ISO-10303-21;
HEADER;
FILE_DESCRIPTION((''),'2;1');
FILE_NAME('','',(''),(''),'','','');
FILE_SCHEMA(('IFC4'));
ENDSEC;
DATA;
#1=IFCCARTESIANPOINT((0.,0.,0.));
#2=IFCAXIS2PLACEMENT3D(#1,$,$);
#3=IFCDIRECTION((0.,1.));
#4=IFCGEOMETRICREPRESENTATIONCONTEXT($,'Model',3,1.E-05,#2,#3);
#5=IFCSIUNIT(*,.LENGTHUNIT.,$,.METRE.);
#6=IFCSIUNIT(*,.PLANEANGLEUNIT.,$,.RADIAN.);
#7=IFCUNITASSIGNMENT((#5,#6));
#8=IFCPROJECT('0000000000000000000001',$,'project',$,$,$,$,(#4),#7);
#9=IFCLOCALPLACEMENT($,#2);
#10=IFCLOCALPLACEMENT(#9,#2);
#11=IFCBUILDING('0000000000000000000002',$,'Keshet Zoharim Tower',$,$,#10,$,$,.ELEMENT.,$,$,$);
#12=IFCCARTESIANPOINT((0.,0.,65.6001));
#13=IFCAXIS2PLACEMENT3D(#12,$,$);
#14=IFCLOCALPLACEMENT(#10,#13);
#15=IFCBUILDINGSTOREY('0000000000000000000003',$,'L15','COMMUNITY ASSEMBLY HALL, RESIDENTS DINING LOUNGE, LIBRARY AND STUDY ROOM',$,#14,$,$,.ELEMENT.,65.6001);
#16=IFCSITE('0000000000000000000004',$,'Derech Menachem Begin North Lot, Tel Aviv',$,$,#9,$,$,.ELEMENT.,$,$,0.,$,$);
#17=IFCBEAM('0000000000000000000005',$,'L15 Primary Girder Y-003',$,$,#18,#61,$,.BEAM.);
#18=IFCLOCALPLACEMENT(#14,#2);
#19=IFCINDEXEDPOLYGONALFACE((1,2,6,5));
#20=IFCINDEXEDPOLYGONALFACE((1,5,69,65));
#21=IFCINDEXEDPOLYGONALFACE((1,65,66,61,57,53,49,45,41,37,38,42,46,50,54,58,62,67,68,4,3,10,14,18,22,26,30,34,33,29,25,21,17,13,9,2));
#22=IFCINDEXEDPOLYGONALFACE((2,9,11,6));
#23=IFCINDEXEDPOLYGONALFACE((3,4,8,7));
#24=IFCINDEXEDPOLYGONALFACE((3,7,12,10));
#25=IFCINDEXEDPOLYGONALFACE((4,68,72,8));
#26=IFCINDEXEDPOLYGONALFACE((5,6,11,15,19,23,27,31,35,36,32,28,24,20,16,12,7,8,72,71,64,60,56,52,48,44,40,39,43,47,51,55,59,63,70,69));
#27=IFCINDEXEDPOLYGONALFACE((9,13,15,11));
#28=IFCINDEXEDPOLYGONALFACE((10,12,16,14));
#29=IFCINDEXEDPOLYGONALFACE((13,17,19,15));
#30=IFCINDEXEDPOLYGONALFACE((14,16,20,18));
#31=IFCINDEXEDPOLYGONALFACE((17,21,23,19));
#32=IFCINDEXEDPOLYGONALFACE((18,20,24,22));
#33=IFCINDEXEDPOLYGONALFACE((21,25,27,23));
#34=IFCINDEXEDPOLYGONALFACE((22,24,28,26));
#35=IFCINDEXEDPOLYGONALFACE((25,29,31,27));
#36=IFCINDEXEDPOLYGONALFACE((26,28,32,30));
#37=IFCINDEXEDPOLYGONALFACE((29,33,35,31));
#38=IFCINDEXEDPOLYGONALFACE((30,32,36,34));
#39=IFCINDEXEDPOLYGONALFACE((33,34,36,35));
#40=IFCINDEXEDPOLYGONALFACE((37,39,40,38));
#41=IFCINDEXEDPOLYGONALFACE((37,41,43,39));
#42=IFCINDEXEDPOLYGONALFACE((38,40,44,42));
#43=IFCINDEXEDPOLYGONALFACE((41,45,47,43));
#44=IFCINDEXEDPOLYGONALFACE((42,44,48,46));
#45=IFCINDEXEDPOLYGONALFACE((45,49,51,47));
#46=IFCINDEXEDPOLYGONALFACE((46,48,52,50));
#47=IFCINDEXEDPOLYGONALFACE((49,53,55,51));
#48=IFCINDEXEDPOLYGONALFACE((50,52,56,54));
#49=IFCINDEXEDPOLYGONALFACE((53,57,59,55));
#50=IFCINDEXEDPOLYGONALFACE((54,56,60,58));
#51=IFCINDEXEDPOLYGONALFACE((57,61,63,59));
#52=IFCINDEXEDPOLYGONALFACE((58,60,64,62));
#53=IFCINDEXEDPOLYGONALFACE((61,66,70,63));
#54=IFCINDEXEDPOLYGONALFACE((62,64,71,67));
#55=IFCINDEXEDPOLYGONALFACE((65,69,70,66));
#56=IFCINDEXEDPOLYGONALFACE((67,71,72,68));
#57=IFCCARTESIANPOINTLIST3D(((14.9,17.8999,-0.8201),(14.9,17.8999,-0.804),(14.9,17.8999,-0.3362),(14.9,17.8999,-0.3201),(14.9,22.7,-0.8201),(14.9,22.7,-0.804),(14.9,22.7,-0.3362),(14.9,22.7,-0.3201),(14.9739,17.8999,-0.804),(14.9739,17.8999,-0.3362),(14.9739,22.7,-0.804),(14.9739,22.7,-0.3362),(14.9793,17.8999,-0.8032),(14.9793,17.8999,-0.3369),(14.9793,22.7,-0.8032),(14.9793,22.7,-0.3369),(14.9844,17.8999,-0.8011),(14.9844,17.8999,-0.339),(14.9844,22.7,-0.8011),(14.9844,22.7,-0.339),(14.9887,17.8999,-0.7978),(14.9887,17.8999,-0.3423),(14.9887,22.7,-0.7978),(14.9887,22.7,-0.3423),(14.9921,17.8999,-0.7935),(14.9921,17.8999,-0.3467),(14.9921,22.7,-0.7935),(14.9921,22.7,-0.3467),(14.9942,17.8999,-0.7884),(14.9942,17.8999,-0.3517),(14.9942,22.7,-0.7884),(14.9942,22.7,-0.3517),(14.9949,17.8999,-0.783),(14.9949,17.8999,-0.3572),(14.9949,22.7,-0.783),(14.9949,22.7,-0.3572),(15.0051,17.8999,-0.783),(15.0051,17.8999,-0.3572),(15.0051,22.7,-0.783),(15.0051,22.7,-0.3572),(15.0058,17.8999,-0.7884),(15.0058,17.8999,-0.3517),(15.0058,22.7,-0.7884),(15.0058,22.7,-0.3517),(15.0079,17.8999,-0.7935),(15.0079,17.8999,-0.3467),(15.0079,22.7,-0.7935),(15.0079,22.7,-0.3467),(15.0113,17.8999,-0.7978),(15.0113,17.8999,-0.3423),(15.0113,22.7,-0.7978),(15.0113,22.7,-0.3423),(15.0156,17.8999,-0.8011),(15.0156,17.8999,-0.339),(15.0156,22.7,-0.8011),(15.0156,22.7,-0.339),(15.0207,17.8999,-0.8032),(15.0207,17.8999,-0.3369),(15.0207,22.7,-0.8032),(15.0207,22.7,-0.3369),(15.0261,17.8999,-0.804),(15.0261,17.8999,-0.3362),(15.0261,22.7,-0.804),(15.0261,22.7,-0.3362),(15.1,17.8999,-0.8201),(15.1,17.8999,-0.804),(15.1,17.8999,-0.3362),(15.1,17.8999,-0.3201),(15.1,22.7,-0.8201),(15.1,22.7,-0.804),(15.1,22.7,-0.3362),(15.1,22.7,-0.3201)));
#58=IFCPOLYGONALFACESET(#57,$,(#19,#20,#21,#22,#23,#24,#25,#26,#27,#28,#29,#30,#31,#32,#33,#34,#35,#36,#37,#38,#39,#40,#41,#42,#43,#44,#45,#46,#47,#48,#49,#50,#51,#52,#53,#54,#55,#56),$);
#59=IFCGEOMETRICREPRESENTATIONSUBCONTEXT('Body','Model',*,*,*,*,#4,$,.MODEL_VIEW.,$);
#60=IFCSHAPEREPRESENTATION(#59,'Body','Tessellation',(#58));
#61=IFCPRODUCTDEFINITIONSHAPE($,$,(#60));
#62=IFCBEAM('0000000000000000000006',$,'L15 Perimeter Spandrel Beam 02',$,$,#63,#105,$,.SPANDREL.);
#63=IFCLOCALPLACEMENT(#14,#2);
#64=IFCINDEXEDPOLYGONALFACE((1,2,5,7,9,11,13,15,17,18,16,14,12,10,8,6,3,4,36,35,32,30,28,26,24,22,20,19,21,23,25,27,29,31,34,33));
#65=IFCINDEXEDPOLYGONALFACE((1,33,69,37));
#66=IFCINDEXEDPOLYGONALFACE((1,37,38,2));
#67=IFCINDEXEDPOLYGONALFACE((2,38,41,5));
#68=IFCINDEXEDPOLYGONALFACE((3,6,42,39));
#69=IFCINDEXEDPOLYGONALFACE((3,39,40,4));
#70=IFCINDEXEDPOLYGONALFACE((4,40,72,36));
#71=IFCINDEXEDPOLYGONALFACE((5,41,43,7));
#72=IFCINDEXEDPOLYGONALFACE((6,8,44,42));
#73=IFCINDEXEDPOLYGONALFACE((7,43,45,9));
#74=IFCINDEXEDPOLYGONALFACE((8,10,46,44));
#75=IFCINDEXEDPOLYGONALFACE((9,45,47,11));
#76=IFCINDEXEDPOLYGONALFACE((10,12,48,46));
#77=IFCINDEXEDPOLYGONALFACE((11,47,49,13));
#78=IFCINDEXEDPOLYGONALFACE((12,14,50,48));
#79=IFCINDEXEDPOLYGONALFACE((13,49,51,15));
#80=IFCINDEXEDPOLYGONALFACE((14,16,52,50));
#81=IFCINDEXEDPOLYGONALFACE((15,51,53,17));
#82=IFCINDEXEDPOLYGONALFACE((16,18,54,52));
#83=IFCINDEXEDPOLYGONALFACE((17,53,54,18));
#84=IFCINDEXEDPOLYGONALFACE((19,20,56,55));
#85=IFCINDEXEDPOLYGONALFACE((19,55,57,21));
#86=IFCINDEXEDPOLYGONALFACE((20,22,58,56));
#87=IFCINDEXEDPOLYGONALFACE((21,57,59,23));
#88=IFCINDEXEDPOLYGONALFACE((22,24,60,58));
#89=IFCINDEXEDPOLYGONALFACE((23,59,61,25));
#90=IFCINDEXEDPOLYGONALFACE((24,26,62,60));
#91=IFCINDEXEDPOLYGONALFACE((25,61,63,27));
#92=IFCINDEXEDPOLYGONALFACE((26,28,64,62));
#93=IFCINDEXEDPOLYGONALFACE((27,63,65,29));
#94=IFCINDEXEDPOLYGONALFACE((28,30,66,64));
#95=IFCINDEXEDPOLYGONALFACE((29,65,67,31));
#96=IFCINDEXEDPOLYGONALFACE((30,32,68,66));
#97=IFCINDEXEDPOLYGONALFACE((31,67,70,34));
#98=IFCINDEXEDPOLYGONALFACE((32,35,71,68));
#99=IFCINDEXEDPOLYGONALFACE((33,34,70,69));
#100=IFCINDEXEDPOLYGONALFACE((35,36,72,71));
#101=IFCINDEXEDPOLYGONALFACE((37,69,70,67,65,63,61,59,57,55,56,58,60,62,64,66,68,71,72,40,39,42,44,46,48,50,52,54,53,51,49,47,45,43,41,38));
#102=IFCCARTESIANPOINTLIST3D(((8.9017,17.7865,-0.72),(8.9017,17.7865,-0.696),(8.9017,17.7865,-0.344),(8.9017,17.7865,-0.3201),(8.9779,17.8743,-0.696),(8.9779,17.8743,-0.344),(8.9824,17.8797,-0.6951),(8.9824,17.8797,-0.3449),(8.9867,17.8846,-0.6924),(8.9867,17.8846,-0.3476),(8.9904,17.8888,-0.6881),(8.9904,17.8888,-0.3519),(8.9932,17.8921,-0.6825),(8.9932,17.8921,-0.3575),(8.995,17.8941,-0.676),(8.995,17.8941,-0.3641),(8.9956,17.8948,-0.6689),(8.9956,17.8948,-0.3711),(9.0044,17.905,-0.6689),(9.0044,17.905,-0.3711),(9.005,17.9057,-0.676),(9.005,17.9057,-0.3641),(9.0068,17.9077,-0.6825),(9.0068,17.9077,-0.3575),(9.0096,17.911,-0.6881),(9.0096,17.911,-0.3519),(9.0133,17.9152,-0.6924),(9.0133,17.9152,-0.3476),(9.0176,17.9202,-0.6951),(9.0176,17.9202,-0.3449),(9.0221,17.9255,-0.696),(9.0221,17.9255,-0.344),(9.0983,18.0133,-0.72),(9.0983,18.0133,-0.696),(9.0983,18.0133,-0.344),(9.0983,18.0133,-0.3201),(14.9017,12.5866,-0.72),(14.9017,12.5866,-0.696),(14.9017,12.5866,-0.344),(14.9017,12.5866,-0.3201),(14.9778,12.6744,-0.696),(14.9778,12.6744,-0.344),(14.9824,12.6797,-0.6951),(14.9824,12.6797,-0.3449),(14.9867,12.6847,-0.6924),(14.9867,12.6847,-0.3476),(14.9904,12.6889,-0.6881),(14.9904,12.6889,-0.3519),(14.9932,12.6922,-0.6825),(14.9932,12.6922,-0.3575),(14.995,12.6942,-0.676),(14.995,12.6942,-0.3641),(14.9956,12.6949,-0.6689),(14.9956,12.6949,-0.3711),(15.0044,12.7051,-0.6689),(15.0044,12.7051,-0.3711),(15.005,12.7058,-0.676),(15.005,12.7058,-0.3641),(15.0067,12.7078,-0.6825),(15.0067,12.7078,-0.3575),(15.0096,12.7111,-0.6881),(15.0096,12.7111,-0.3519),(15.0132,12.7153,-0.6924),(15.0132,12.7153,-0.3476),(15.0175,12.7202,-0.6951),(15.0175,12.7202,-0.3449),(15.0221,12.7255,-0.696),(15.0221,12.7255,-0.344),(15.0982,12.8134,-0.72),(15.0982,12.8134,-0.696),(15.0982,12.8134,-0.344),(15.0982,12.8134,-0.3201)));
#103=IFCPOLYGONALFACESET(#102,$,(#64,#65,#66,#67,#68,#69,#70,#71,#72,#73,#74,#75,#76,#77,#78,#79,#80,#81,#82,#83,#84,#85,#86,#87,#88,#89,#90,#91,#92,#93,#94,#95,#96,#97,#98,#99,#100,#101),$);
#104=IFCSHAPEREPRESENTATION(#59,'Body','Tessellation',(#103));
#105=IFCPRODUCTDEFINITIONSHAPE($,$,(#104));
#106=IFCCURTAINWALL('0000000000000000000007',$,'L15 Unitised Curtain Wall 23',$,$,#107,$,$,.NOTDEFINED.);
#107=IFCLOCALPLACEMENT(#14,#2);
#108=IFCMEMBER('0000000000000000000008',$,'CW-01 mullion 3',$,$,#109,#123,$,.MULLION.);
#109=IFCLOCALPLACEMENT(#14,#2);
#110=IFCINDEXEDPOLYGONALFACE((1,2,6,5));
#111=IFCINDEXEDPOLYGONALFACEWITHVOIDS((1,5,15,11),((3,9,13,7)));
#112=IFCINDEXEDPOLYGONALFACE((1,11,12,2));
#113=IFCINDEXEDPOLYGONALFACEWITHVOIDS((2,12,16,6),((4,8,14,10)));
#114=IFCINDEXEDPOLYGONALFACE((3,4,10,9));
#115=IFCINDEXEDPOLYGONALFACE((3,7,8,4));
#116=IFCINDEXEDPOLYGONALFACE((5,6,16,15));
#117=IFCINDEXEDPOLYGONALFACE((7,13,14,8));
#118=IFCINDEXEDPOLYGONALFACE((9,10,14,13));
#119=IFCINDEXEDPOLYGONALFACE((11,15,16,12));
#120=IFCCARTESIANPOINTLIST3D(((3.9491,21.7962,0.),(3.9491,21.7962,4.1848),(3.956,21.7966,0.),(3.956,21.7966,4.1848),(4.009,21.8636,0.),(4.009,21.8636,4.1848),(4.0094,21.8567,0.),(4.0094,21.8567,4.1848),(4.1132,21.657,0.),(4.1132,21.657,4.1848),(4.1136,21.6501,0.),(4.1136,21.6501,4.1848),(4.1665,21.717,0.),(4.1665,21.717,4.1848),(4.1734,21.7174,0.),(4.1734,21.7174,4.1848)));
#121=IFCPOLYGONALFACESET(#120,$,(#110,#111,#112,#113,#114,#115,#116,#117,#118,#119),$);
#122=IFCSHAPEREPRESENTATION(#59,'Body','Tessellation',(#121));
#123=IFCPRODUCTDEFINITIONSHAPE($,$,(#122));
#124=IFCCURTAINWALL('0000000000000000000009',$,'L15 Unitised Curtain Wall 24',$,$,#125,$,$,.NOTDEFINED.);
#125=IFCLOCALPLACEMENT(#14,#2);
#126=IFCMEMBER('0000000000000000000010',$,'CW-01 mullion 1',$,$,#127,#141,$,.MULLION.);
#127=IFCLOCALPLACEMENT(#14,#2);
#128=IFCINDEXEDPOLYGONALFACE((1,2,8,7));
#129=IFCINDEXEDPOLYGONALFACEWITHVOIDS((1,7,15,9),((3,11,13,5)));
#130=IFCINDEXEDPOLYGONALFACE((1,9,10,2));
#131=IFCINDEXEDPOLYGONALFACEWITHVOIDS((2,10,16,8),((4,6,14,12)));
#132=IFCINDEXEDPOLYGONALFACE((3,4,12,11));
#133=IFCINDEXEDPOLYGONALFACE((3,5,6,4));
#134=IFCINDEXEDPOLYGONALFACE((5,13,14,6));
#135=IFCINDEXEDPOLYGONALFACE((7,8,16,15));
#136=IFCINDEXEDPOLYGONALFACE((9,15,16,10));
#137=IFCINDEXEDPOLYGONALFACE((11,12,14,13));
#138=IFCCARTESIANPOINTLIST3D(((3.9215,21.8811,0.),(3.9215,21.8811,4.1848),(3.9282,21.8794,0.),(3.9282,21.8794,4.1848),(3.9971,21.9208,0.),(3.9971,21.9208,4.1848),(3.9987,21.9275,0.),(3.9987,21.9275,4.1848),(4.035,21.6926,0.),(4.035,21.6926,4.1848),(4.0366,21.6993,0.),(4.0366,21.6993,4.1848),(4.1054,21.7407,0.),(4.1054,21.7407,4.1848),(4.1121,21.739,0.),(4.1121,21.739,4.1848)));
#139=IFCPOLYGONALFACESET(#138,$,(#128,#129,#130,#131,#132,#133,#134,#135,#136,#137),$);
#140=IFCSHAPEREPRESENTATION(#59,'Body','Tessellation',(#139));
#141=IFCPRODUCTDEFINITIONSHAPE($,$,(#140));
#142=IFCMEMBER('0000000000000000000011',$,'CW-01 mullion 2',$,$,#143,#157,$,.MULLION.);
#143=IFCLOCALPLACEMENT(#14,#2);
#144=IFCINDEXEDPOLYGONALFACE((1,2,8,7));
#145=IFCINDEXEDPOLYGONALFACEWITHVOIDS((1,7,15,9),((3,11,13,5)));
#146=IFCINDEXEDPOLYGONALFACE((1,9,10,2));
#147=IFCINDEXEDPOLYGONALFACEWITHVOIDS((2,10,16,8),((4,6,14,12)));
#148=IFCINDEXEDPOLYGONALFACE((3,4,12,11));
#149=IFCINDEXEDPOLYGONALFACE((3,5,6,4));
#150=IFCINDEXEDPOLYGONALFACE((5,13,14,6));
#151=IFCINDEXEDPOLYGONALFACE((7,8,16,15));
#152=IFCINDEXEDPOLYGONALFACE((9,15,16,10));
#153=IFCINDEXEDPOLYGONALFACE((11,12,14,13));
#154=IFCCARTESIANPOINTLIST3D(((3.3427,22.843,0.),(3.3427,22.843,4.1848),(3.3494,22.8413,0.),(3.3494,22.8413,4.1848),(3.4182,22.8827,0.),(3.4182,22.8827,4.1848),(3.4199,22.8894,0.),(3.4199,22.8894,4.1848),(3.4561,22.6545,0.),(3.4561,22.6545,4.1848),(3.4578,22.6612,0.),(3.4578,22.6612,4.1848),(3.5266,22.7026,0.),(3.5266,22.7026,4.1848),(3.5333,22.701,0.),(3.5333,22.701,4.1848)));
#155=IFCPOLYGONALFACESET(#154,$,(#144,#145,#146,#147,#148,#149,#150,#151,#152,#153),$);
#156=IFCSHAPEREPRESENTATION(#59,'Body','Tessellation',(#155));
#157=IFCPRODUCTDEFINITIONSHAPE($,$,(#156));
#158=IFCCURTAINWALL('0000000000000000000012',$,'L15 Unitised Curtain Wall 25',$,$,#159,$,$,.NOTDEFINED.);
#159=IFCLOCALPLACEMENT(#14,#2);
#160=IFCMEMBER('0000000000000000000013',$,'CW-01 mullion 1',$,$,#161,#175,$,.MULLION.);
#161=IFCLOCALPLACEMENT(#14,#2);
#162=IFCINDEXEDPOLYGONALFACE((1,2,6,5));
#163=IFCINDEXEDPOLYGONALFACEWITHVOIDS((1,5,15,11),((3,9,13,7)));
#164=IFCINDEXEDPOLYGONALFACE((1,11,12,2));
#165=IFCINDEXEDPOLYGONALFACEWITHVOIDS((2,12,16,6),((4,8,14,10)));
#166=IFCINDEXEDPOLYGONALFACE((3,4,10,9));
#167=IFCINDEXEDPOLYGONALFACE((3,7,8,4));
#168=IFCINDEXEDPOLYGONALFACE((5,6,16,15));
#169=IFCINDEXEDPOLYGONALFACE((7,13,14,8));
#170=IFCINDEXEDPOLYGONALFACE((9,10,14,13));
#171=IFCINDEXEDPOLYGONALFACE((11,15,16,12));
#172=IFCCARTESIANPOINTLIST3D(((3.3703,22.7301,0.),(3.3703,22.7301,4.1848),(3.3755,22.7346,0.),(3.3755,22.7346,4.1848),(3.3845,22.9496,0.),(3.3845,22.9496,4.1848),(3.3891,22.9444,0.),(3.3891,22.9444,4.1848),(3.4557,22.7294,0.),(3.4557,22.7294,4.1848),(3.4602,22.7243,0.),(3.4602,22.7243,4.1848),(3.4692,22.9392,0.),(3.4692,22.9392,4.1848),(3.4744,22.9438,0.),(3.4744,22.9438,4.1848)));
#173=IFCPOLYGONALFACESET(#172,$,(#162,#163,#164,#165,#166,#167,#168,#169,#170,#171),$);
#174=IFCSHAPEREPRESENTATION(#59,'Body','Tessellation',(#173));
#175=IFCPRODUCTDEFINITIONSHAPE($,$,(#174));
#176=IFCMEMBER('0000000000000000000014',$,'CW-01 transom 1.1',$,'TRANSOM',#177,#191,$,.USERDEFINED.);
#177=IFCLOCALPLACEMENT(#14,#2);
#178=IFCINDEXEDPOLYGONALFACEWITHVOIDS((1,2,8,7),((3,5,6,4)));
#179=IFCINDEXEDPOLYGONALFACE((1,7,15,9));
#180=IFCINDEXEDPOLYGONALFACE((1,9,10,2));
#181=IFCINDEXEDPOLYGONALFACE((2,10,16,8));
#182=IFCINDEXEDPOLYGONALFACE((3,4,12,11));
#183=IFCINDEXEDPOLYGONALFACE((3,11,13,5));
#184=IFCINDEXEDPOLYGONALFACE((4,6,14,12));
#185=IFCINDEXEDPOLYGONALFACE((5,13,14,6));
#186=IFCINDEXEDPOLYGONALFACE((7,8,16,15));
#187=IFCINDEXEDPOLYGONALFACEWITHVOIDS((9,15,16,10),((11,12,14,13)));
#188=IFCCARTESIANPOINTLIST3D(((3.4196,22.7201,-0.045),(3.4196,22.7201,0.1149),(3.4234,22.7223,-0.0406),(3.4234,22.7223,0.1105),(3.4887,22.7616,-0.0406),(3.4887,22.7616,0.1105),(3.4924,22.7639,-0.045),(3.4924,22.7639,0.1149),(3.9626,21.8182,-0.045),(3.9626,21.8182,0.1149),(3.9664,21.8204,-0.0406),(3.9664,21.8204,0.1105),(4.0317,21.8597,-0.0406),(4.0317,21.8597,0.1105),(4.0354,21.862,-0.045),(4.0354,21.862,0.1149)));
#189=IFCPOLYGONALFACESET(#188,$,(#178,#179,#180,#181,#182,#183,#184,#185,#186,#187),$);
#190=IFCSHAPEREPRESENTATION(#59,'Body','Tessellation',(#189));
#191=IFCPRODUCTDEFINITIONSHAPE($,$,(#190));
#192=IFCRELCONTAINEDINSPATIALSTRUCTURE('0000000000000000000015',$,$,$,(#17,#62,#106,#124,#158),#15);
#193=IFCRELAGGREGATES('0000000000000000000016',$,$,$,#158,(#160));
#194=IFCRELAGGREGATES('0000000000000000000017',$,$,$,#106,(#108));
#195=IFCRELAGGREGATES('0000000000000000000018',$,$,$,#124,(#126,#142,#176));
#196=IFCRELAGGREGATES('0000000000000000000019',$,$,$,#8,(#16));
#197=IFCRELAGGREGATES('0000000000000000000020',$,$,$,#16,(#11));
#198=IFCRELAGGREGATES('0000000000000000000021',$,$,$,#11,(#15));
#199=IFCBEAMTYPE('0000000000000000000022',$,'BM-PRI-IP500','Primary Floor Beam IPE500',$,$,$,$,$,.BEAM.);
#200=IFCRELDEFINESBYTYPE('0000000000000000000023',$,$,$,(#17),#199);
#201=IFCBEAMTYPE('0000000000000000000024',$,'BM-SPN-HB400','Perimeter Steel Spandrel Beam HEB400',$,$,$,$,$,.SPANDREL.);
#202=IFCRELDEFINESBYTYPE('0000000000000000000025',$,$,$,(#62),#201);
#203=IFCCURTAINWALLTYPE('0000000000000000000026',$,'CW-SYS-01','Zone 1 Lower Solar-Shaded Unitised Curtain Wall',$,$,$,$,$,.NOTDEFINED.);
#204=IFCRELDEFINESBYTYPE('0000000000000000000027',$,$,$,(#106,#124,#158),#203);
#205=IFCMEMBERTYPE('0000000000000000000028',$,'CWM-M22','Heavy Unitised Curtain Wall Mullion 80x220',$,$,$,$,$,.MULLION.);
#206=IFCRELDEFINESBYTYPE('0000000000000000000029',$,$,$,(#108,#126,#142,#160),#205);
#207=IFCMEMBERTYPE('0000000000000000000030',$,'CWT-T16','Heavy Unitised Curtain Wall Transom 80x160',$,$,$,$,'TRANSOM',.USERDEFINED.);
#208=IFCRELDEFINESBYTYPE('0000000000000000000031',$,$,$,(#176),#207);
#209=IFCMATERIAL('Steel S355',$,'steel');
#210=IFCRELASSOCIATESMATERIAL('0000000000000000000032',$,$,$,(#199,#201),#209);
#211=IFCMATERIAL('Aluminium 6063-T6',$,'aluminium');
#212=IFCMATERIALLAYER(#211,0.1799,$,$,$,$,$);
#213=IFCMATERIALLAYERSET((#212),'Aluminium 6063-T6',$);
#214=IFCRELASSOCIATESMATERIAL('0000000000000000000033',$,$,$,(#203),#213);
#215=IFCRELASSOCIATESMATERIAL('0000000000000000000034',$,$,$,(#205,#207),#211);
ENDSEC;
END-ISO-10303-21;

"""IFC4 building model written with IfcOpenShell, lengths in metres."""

from ifc_helpers import new_model, si_unit, direction, frame, origin, origin_2d, place, context, subcontext, project, spatial, hollow_rectangle, i_section, extrude, material, layer, layer_set, material_profile, profile_set, type_object, element, aggregate, save


model = new_model("IFC4")

# Units and contexts
model_context = context("Model", 3, precision=1e-05, world=origin(), true_north=direction((0.0, 1.0)))
body_context = subcontext(model_context, "Body", "Model", "MODEL_VIEW")
ifc_project = project(units=[si_unit("LENGTHUNIT", "METRE"), si_unit("PLANEANGLEUNIT", "RADIAN")], contexts=[model_context])

# Site, building, storey
site_placement = place(None, origin())
site = spatial("IfcSite", under=ifc_project, at=site_placement, Name="Derech Menachem Begin North Lot, Tel Aviv", CompositionType="ELEMENT", RefElevation=0.0)
building_placement = place(site_placement, origin())
building = spatial("IfcBuilding", under=site, at=building_placement, Name="Keshet Zoharim Tower", CompositionType="ELEMENT")
storey_placement = place(building_placement, frame((0.0, 0.0, 65.6001)))
storey = spatial("IfcBuildingStorey", under=building, at=storey_placement, Name="L15", Description="COMMUNITY ASSEMBLY HALL, RESIDENTS DINING LOUNGE, LIBRARY AND STUDY ROOM", CompositionType="ELEMENT", Elevation=65.6001)

# Beams
ifc_material_1 = material(Name="Steel S355", Category="steel")
ifc_material_profile_1 = material_profile(ifc_material_1, i_section(OverallWidth=0.2, OverallDepth=0.5, WebThickness=0.0103, FlangeThickness=0.0161, FilletRadius=0.021, at=origin_2d()), Name="IPE500")
ifc_profile_set_1 = profile_set([ifc_material_profile_1], Name="Steel S355")
beam_type_1 = type_object("IfcBeamType", Name="BM-PRI-IP500", Description="Primary Floor Beam IPE500", PredefinedType="BEAM", material=ifc_profile_set_1)
beam_1_placement = place(storey_placement, frame((15.0, 17.8999, -0.5701), z_axis=(0.0, 1.0, 0.0), x_axis=(-1.0, 0.0, 0.0)))
element("IfcBeam", 1, at=beam_1_placement, inside=storey, type_object=beam_type_1, Name="L15 Primary Girder Y-003", PredefinedType="BEAM", context=body_context, shape_type="SweptSolid", body=[
    extrude(i_section(OverallWidth=0.2, OverallDepth=0.5, WebThickness=0.0103, FlangeThickness=0.0161, FilletRadius=0.021, at=origin_2d()), origin(), (0.0, 0.0, 1.0), 4.8),
])
ifc_material_profile_2 = material_profile(ifc_material_1, i_section(OverallWidth=0.3, OverallDepth=0.3999, WebThickness=0.0134, FlangeThickness=0.0239, FilletRadius=0.0271, at=origin_2d()), Name="HEB400")
ifc_profile_set_2 = profile_set([ifc_material_profile_2], Name="Steel S355")
beam_type_2 = type_object("IfcBeamType", Name="BM-SPN-HB400", Description="Perimeter Steel Spandrel Beam HEB400", PredefinedType="SPANDREL", material=ifc_profile_set_2)
beam_2_placement = place(storey_placement, frame((9.0, 17.8999, -0.52), z_axis=(0.755692, -0.654927, 0.0), x_axis=(0.654927, 0.755692, 0.0)))
element("IfcBeam", 2, at=beam_2_placement, inside=storey, type_object=beam_type_2, Name="L15 Perimeter Spandrel Beam 02", PredefinedType="SPANDREL", context=body_context, shape_type="SweptSolid", body=[
    extrude(i_section(OverallWidth=0.3, OverallDepth=0.3999, WebThickness=0.0134, FlangeThickness=0.0239, FilletRadius=0.0271, at=origin_2d()), origin(), (0.0, 0.0, 1.0), 7.9397),
])

# Curtain wall, member
ifc_material_2 = material(Name="Aluminium 6063-T6", Category="aluminium")
ifc_layer_1 = layer(ifc_material_2, 0.1799)
ifc_layer_set_1 = layer_set([ifc_layer_1], Name="Aluminium 6063-T6")
curtain_wall_type = type_object("IfcCurtainWallType", Name="CW-SYS-01", Description="Zone 1 Lower Solar-Shaded Unitised Curtain Wall", PredefinedType="NOTDEFINED", material=ifc_layer_set_1)
curtain_wall_1_placement = place(storey_placement, origin())
curtain_wall_1 = element("IfcCurtainWall", 3, at=curtain_wall_1_placement, inside=storey, type_object=curtain_wall_type, Name="L15 Unitised Curtain Wall 23", PredefinedType="NOTDEFINED")
ifc_material_profile_3 = material_profile(ifc_material_2, hollow_rectangle(XDim=0.0901, YDim=0.22, WallThickness=0.0049, at=origin_2d()), Name="MUL-90x220")
ifc_profile_set_3 = profile_set([ifc_material_profile_3], Name="Aluminium 6063-T6")
member_type_1 = type_object("IfcMemberType", Name="CWM-M22", Description="Heavy Unitised Curtain Wall Mullion 80x220", PredefinedType="MULLION", material=ifc_profile_set_3)
member_1_placement = place(storey_placement, frame((4.0613, 21.7568, 0.0), z_axis=(0.0, 0.0, 1.0), x_axis=(-0.664364, -0.747409, 0.0)))
member_1 = element("IfcMember", 4, at=member_1_placement, type_object=member_type_1, Name="CW-01 mullion 3", PredefinedType="MULLION", context=body_context, shape_type="SweptSolid", body=[
    extrude(hollow_rectangle(XDim=0.0901, YDim=0.22, WallThickness=0.0049, at=origin_2d()), origin(), (0.0, 0.0, 1.0), 4.1848),
])

# Curtain wall, members
curtain_wall_2_placement = place(storey_placement, origin())
curtain_wall_2 = element("IfcCurtainWall", 5, at=curtain_wall_2_placement, inside=storey, type_object=curtain_wall_type, Name="L15 Unitised Curtain Wall 24", PredefinedType="NOTDEFINED")
member_2_placement = place(storey_placement, frame((4.0168, 21.8101, 0.0), z_axis=(0.0, 0.0, 1.0), x_axis=(-0.856826, -0.515605, 0.0)))
member_2 = element("IfcMember", 6, at=member_2_placement, type_object=member_type_1, Name="CW-01 mullion 1", PredefinedType="MULLION", context=body_context, shape_type="SweptSolid", body=[
    extrude(hollow_rectangle(XDim=0.0901, YDim=0.22, WallThickness=0.0049, at=origin_2d()), origin(), (0.0, 0.0, 1.0), 4.1848),
])
member_3_placement = place(storey_placement, frame((3.438, 22.772, 0.0), z_axis=(0.0, 0.0, 1.0), x_axis=(-0.856826, -0.515605, 0.0)))
member_3 = element("IfcMember", 7, at=member_3_placement, type_object=member_type_1, Name="CW-01 mullion 2", PredefinedType="MULLION", context=body_context, shape_type="SweptSolid", body=[
    extrude(hollow_rectangle(XDim=0.0901, YDim=0.22, WallThickness=0.0049, at=origin_2d()), origin(), (0.0, 0.0, 1.0), 4.1848),
])

# Curtain wall, member
curtain_wall_3_placement = place(storey_placement, origin())
curtain_wall_3 = element("IfcCurtainWall", 8, at=curtain_wall_3_placement, inside=storey, type_object=curtain_wall_type, Name="L15 Unitised Curtain Wall 25", PredefinedType="NOTDEFINED")
member_4_placement = place(storey_placement, frame((3.4224, 22.8369, 0.0), z_axis=(0.0, 0.0, 1.0), x_axis=(-0.997917, 0.064517, 0.0)))
member_4 = element("IfcMember", 9, at=member_4_placement, type_object=member_type_1, Name="CW-01 mullion 1", PredefinedType="MULLION", context=body_context, shape_type="SweptSolid", body=[
    extrude(hollow_rectangle(XDim=0.0901, YDim=0.22, WallThickness=0.0049, at=origin_2d()), origin(), (0.0, 0.0, 1.0), 4.1848),
])

# Member
ifc_material_profile_4 = material_profile(ifc_material_2, hollow_rectangle(XDim=0.085, YDim=0.1599, WallThickness=0.0044, at=origin_2d()), Name="TRN-85x160")
ifc_profile_set_4 = profile_set([ifc_material_profile_4], Name="Aluminium 6063-T6")
member_type_2 = type_object("IfcMemberType", Name="CWT-T16", Description="Heavy Unitised Curtain Wall Transom 80x160", ElementType="TRANSOM", PredefinedType="USERDEFINED", material=ifc_profile_set_4)
member_5_placement = place(storey_placement, frame((3.999, 21.8401, 0.0349), z_axis=(-0.515791, 0.856714, 0.0), x_axis=(-0.856714, -0.515791, 0.0)))
member_5 = element("IfcMember", 10, at=member_5_placement, type_object=member_type_2, Name="CW-01 transom 1.1", ObjectType="TRANSOM", PredefinedType="USERDEFINED", context=body_context, shape_type="SweptSolid", body=[
    extrude(hollow_rectangle(XDim=0.085, YDim=0.1599, WallThickness=0.0044, at=origin_2d()), origin(), (0.0, 0.0, 1.0), 1.0527),
])
aggregate(curtain_wall_3, [member_4])

aggregate(curtain_wall_1, [member_1])
aggregate(curtain_wall_2, [member_2, member_3, member_5])

save(model, "model.ifc")
